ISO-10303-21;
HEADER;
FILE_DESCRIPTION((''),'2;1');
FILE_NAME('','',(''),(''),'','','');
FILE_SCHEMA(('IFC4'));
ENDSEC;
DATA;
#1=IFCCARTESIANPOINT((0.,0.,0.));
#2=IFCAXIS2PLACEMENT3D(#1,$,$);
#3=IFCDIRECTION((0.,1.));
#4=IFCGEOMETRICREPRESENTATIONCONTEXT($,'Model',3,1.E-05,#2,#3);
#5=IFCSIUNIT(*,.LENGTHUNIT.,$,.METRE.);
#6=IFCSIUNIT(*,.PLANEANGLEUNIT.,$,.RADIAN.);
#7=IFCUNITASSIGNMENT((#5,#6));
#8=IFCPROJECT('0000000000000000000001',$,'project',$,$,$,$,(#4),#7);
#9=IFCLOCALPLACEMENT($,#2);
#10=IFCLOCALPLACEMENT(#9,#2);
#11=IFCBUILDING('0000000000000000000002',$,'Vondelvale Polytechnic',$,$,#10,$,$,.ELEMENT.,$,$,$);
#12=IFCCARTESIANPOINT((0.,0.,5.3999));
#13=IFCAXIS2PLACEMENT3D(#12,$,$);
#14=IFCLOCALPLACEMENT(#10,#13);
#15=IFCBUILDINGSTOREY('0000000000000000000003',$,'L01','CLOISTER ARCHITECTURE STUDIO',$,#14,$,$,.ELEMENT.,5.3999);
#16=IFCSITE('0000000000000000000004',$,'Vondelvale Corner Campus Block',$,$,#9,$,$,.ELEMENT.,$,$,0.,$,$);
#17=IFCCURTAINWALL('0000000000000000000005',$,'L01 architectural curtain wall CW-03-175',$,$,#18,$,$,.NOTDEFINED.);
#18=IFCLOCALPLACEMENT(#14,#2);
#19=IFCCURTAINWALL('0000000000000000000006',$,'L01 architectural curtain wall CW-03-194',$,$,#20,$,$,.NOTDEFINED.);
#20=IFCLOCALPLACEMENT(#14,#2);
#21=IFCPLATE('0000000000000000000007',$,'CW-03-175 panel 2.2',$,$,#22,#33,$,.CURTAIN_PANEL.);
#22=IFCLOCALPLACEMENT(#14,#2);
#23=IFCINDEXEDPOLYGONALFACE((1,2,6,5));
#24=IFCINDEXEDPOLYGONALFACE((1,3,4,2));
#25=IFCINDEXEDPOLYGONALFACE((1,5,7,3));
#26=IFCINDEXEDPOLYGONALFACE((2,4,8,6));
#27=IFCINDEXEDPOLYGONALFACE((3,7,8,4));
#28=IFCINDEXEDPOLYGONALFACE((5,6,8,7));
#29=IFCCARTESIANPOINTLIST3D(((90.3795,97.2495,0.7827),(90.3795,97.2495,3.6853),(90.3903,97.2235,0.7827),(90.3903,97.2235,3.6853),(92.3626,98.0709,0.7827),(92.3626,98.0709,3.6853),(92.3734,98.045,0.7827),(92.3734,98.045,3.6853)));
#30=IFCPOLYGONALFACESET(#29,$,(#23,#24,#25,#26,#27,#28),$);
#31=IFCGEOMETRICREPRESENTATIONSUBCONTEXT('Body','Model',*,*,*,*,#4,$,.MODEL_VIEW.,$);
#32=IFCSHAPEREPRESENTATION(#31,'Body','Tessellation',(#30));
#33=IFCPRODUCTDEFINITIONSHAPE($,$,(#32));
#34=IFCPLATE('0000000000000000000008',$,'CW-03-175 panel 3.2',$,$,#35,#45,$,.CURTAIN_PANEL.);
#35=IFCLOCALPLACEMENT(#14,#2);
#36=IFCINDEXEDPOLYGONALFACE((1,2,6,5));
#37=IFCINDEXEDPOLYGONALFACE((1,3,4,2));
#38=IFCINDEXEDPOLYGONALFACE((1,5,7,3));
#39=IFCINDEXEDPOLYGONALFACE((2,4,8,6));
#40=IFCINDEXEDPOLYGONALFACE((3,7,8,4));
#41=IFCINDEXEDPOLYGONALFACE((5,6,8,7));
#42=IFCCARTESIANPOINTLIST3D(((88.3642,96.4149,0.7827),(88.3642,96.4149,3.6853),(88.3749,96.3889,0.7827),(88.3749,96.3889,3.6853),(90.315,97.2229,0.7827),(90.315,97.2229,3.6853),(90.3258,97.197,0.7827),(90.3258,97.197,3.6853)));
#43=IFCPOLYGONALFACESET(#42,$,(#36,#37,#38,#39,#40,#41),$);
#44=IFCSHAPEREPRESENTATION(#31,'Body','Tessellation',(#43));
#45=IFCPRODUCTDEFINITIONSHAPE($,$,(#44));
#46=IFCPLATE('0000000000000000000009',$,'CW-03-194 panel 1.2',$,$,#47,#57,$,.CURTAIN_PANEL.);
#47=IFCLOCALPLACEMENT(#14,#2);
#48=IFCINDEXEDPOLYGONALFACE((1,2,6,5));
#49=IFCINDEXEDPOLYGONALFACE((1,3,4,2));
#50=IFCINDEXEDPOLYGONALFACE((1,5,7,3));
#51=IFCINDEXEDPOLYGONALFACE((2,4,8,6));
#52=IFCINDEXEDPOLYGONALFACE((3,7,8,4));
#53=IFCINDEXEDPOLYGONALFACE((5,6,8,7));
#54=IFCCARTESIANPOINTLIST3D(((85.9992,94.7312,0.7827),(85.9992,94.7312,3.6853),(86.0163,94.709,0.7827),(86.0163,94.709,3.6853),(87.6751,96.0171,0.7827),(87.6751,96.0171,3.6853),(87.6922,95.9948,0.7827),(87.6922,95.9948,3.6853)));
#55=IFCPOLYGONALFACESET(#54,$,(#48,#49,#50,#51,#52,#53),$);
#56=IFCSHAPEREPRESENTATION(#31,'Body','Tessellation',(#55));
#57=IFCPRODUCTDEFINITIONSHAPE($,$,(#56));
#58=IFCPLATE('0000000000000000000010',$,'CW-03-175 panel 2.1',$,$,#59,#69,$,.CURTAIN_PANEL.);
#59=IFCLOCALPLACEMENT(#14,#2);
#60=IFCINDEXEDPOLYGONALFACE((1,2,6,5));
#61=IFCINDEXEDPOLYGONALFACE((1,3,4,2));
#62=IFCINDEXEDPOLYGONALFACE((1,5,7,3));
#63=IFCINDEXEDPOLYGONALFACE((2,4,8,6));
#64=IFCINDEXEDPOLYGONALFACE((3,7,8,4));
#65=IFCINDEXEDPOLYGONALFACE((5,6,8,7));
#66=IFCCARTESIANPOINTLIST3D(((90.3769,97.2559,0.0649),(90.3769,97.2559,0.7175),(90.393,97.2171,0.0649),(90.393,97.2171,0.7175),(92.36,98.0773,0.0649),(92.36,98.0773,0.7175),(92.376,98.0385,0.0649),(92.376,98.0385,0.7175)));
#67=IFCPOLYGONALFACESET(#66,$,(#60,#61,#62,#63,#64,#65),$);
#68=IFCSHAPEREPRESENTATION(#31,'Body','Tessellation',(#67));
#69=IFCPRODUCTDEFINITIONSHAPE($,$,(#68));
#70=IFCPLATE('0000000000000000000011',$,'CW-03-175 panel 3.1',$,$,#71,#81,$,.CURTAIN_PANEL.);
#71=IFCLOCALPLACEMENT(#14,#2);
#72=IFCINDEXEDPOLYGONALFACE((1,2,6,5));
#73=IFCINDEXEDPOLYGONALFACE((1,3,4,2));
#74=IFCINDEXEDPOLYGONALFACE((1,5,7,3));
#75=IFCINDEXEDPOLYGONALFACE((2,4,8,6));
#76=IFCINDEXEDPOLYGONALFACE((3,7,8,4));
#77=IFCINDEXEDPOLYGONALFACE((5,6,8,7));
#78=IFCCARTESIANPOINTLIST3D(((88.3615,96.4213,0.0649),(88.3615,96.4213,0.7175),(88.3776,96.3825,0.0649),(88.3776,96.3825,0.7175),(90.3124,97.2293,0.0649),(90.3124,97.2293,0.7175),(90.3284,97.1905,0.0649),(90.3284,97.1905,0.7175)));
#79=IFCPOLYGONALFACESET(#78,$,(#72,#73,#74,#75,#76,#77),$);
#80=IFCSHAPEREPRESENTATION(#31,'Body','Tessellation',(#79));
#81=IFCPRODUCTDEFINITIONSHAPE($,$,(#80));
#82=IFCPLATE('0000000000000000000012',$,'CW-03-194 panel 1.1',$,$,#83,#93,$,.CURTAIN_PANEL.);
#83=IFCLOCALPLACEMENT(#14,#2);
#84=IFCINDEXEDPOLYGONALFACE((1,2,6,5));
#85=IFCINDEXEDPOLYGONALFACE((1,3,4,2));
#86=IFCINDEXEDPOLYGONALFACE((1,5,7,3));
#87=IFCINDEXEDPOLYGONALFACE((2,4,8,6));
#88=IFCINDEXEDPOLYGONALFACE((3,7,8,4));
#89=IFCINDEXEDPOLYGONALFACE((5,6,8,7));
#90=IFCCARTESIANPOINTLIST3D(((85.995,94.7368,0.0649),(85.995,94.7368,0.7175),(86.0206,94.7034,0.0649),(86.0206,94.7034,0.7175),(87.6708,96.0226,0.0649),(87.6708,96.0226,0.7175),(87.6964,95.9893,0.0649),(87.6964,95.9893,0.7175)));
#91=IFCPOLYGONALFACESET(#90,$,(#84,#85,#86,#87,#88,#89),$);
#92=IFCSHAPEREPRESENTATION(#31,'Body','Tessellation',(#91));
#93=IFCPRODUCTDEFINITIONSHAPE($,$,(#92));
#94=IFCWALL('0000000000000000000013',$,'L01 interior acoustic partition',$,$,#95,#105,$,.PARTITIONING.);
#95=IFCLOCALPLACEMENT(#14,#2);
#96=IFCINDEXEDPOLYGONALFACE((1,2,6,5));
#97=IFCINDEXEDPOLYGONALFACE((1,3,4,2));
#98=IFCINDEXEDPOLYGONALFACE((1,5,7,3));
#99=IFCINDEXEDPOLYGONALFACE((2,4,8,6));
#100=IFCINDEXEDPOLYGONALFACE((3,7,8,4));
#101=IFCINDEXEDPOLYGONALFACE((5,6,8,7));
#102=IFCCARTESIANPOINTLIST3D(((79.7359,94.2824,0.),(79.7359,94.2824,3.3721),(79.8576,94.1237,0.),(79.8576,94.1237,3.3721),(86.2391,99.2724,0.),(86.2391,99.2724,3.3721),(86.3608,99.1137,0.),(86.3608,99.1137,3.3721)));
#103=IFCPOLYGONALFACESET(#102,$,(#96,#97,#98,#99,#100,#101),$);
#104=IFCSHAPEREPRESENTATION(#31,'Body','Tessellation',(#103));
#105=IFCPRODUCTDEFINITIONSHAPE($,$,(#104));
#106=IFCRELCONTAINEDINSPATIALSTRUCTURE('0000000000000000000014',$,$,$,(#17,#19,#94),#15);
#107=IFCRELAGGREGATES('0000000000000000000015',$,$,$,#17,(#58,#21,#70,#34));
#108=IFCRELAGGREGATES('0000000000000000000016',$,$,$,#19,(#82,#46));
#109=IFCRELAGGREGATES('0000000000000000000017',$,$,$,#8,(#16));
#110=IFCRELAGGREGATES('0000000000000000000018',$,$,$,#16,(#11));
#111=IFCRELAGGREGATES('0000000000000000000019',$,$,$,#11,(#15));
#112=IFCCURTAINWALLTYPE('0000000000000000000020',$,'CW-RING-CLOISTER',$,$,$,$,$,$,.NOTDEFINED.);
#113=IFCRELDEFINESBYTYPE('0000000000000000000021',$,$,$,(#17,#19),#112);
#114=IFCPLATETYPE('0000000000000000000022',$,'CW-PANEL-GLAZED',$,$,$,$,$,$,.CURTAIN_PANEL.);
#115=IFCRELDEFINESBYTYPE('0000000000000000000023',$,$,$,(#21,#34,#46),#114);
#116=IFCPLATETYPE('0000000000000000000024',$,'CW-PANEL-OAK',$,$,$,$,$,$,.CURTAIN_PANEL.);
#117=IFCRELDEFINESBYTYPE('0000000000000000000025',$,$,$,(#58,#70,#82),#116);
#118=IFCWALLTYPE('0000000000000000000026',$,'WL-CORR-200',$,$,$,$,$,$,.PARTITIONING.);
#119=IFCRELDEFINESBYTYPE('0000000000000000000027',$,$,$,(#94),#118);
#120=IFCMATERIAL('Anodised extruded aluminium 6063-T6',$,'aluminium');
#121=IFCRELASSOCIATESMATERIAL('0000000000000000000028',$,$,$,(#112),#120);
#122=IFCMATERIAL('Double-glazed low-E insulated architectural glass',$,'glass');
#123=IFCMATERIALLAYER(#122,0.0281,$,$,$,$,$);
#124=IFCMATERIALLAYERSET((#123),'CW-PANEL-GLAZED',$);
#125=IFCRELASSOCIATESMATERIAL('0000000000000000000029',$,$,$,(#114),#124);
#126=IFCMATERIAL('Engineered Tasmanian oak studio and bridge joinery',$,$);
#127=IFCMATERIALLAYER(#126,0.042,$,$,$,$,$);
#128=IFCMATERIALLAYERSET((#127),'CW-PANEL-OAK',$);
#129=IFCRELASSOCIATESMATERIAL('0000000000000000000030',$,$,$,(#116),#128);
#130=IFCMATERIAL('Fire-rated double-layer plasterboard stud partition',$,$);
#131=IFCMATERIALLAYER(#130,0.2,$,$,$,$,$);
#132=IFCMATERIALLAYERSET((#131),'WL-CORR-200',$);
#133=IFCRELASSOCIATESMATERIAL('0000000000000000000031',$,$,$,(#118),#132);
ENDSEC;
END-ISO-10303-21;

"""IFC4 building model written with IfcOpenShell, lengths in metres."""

from ifc_helpers import new_model, si_unit, direction, frame, frame_2d, origin, origin_2d, place, context, subcontext, project, spatial, rectangle, extrude, material, layer, layer_set, type_object, element, aggregate, save


model = new_model("IFC4")

# Units and contexts
model_context = context("Model", 3, precision=1e-05, world=origin(), true_north=direction((0.0, 1.0)))
body_context = subcontext(model_context, "Body", "Model", "MODEL_VIEW")
ifc_project = project(units=[si_unit("LENGTHUNIT", "METRE"), si_unit("PLANEANGLEUNIT", "RADIAN")], contexts=[model_context])

# Site, building, storey
site_placement = place(None, origin())
site = spatial("IfcSite", under=ifc_project, at=site_placement, Name="Vondelvale Corner Campus Block", CompositionType="ELEMENT", RefElevation=0.0)
building_placement = place(site_placement, origin())
building = spatial("IfcBuilding", under=site, at=building_placement, Name="Vondelvale Polytechnic", CompositionType="ELEMENT")
storey_placement = place(building_placement, frame((0.0, 0.0, 5.3999)))
storey = spatial("IfcBuildingStorey", under=building, at=storey_placement, Name="L01", Description="CLOISTER ARCHITECTURE STUDIO", CompositionType="ELEMENT", Elevation=5.3999)

# Curtain walls
ifc_material_1 = material(Name="Anodised extruded aluminium 6063-T6", Category="aluminium")
curtain_wall_type = type_object("IfcCurtainWallType", Name="CW-RING-CLOISTER", PredefinedType="NOTDEFINED", material=ifc_material_1)
curtain_wall_1_placement = place(storey_placement, origin())
curtain_wall_1 = element("IfcCurtainWall", 1, at=curtain_wall_1_placement, inside=storey, type_object=curtain_wall_type, Name="L01 architectural curtain wall CW-03-175", PredefinedType="NOTDEFINED")
curtain_wall_2_placement = place(storey_placement, origin())
curtain_wall_2 = element("IfcCurtainWall", 2, at=curtain_wall_2_placement, inside=storey, type_object=curtain_wall_type, Name="L01 architectural curtain wall CW-03-194", PredefinedType="NOTDEFINED")

# Plates
ifc_material_2 = material(Name="Double-glazed low-E insulated architectural glass", Category="glass")
ifc_layer_1 = layer(ifc_material_2, 0.0281)
ifc_layer_set_1 = layer_set([ifc_layer_1], Name="CW-PANEL-GLAZED")
plate_type_1 = type_object("IfcPlateType", Name="CW-PANEL-GLAZED", PredefinedType="CURTAIN_PANEL", material=ifc_layer_set_1)
plate_1_placement = place(storey_placement, frame((91.3765, 97.6472, 0.7827), z_axis=(0.0, 0.0, 1.0), x_axis=(-0.923882, -0.382679, 0.0)))
plate_1 = element("IfcPlate", 3, at=plate_1_placement, type_object=plate_type_1, Name="CW-03-175 panel 2.2", PredefinedType="CURTAIN_PANEL", context=body_context, shape_type="SweptSolid", body=[
    extrude(rectangle(XDim=2.1465, YDim=0.0281, at=origin_2d()), origin(), (0.0, 0.0, 1.0), 2.9026),
])
plate_2_placement = place(storey_placement, frame((89.345, 96.8059, 0.7827), z_axis=(0.0, 0.0, 1.0), x_axis=(-0.923882, -0.382679, 0.0)))
plate_2 = element("IfcPlate", 4, at=plate_2_placement, type_object=plate_type_1, Name="CW-03-175 panel 3.2", PredefinedType="CURTAIN_PANEL", context=body_context, shape_type="SweptSolid", body=[
    extrude(rectangle(XDim=2.1116, YDim=0.0281, at=origin_2d()), origin(), (0.0, 0.0, 1.0), 2.9026),
])
plate_3_placement = place(storey_placement, frame((86.8457, 95.363, 0.7827), z_axis=(0.0, 0.0, 1.0), x_axis=(-0.793364, -0.608748, 0.0)))
plate_3 = element("IfcPlate", 5, at=plate_3_placement, type_object=plate_type_1, Name="CW-03-194 panel 1.2", PredefinedType="CURTAIN_PANEL", context=body_context, shape_type="SweptSolid", body=[
    extrude(rectangle(XDim=2.1123, YDim=0.0281, at=origin_2d()), origin(), (0.0, 0.0, 1.0), 2.9026),
])
ifc_material_3 = material(Name="Engineered Tasmanian oak studio and bridge joinery")
ifc_layer_2 = layer(ifc_material_3, 0.042)
ifc_layer_set_2 = layer_set([ifc_layer_2], Name="CW-PANEL-OAK")
plate_type_2 = type_object("IfcPlateType", Name="CW-PANEL-OAK", PredefinedType="CURTAIN_PANEL", material=ifc_layer_set_2)
plate_4_placement = place(storey_placement, frame((91.3765, 97.6472, 0.0649), z_axis=(0.0, 0.0, 1.0), x_axis=(-0.923882, -0.382679, 0.0)))
plate_4 = element("IfcPlate", 6, at=plate_4_placement, type_object=plate_type_2, Name="CW-03-175 panel 2.1", PredefinedType="CURTAIN_PANEL", context=body_context, shape_type="SweptSolid", body=[
    extrude(rectangle(XDim=2.1465, YDim=0.042, at=origin_2d()), origin(), (0.0, 0.0, 1.0), 0.6526),
])
plate_5_placement = place(storey_placement, frame((89.345, 96.8059, 0.0649), z_axis=(0.0, 0.0, 1.0), x_axis=(-0.923882, -0.382679, 0.0)))
plate_5 = element("IfcPlate", 7, at=plate_5_placement, type_object=plate_type_2, Name="CW-03-175 panel 3.1", PredefinedType="CURTAIN_PANEL", context=body_context, shape_type="SweptSolid", body=[
    extrude(rectangle(XDim=2.1116, YDim=0.042, at=origin_2d()), origin(), (0.0, 0.0, 1.0), 0.6526),
])
aggregate(curtain_wall_1, [plate_4, plate_1, plate_5, plate_2])
plate_6_placement = place(storey_placement, frame((86.8457, 95.363, 0.0649), z_axis=(0.0, 0.0, 1.0), x_axis=(-0.793364, -0.608748, 0.0)))
plate_6 = element("IfcPlate", 8, at=plate_6_placement, type_object=plate_type_2, Name="CW-03-194 panel 1.1", PredefinedType="CURTAIN_PANEL", context=body_context, shape_type="SweptSolid", body=[
    extrude(rectangle(XDim=2.1123, YDim=0.042, at=origin_2d()), origin(), (0.0, 0.0, 1.0), 0.6526),
])
aggregate(curtain_wall_2, [plate_6, plate_3])

# Wall
ifc_material_4 = material(Name="Fire-rated double-layer plasterboard stud partition")
ifc_layer_3 = layer(ifc_material_4, 0.2)
ifc_layer_set_3 = layer_set([ifc_layer_3], Name="WL-CORR-200")
wall_type = type_object("IfcWallType", Name="WL-CORR-200", PredefinedType="PARTITIONING", material=ifc_layer_set_3)
wall_placement = place(storey_placement, frame((86.3, 99.1931, 0.0), z_axis=(0.0, 0.0, 1.0), x_axis=(-0.793357, -0.608756, 0.0)))
element("IfcWall", 9, at=wall_placement, inside=storey, type_object=wall_type, Name="L01 interior acoustic partition", PredefinedType="PARTITIONING", context=body_context, shape_type="SweptSolid", body=[
    extrude(rectangle(XDim=8.197, YDim=0.2, at=frame_2d((4.0986, 0.0))), origin(), (0.0, 0.0, 1.0), 3.3721),
])

save(model, "model.ifc")
